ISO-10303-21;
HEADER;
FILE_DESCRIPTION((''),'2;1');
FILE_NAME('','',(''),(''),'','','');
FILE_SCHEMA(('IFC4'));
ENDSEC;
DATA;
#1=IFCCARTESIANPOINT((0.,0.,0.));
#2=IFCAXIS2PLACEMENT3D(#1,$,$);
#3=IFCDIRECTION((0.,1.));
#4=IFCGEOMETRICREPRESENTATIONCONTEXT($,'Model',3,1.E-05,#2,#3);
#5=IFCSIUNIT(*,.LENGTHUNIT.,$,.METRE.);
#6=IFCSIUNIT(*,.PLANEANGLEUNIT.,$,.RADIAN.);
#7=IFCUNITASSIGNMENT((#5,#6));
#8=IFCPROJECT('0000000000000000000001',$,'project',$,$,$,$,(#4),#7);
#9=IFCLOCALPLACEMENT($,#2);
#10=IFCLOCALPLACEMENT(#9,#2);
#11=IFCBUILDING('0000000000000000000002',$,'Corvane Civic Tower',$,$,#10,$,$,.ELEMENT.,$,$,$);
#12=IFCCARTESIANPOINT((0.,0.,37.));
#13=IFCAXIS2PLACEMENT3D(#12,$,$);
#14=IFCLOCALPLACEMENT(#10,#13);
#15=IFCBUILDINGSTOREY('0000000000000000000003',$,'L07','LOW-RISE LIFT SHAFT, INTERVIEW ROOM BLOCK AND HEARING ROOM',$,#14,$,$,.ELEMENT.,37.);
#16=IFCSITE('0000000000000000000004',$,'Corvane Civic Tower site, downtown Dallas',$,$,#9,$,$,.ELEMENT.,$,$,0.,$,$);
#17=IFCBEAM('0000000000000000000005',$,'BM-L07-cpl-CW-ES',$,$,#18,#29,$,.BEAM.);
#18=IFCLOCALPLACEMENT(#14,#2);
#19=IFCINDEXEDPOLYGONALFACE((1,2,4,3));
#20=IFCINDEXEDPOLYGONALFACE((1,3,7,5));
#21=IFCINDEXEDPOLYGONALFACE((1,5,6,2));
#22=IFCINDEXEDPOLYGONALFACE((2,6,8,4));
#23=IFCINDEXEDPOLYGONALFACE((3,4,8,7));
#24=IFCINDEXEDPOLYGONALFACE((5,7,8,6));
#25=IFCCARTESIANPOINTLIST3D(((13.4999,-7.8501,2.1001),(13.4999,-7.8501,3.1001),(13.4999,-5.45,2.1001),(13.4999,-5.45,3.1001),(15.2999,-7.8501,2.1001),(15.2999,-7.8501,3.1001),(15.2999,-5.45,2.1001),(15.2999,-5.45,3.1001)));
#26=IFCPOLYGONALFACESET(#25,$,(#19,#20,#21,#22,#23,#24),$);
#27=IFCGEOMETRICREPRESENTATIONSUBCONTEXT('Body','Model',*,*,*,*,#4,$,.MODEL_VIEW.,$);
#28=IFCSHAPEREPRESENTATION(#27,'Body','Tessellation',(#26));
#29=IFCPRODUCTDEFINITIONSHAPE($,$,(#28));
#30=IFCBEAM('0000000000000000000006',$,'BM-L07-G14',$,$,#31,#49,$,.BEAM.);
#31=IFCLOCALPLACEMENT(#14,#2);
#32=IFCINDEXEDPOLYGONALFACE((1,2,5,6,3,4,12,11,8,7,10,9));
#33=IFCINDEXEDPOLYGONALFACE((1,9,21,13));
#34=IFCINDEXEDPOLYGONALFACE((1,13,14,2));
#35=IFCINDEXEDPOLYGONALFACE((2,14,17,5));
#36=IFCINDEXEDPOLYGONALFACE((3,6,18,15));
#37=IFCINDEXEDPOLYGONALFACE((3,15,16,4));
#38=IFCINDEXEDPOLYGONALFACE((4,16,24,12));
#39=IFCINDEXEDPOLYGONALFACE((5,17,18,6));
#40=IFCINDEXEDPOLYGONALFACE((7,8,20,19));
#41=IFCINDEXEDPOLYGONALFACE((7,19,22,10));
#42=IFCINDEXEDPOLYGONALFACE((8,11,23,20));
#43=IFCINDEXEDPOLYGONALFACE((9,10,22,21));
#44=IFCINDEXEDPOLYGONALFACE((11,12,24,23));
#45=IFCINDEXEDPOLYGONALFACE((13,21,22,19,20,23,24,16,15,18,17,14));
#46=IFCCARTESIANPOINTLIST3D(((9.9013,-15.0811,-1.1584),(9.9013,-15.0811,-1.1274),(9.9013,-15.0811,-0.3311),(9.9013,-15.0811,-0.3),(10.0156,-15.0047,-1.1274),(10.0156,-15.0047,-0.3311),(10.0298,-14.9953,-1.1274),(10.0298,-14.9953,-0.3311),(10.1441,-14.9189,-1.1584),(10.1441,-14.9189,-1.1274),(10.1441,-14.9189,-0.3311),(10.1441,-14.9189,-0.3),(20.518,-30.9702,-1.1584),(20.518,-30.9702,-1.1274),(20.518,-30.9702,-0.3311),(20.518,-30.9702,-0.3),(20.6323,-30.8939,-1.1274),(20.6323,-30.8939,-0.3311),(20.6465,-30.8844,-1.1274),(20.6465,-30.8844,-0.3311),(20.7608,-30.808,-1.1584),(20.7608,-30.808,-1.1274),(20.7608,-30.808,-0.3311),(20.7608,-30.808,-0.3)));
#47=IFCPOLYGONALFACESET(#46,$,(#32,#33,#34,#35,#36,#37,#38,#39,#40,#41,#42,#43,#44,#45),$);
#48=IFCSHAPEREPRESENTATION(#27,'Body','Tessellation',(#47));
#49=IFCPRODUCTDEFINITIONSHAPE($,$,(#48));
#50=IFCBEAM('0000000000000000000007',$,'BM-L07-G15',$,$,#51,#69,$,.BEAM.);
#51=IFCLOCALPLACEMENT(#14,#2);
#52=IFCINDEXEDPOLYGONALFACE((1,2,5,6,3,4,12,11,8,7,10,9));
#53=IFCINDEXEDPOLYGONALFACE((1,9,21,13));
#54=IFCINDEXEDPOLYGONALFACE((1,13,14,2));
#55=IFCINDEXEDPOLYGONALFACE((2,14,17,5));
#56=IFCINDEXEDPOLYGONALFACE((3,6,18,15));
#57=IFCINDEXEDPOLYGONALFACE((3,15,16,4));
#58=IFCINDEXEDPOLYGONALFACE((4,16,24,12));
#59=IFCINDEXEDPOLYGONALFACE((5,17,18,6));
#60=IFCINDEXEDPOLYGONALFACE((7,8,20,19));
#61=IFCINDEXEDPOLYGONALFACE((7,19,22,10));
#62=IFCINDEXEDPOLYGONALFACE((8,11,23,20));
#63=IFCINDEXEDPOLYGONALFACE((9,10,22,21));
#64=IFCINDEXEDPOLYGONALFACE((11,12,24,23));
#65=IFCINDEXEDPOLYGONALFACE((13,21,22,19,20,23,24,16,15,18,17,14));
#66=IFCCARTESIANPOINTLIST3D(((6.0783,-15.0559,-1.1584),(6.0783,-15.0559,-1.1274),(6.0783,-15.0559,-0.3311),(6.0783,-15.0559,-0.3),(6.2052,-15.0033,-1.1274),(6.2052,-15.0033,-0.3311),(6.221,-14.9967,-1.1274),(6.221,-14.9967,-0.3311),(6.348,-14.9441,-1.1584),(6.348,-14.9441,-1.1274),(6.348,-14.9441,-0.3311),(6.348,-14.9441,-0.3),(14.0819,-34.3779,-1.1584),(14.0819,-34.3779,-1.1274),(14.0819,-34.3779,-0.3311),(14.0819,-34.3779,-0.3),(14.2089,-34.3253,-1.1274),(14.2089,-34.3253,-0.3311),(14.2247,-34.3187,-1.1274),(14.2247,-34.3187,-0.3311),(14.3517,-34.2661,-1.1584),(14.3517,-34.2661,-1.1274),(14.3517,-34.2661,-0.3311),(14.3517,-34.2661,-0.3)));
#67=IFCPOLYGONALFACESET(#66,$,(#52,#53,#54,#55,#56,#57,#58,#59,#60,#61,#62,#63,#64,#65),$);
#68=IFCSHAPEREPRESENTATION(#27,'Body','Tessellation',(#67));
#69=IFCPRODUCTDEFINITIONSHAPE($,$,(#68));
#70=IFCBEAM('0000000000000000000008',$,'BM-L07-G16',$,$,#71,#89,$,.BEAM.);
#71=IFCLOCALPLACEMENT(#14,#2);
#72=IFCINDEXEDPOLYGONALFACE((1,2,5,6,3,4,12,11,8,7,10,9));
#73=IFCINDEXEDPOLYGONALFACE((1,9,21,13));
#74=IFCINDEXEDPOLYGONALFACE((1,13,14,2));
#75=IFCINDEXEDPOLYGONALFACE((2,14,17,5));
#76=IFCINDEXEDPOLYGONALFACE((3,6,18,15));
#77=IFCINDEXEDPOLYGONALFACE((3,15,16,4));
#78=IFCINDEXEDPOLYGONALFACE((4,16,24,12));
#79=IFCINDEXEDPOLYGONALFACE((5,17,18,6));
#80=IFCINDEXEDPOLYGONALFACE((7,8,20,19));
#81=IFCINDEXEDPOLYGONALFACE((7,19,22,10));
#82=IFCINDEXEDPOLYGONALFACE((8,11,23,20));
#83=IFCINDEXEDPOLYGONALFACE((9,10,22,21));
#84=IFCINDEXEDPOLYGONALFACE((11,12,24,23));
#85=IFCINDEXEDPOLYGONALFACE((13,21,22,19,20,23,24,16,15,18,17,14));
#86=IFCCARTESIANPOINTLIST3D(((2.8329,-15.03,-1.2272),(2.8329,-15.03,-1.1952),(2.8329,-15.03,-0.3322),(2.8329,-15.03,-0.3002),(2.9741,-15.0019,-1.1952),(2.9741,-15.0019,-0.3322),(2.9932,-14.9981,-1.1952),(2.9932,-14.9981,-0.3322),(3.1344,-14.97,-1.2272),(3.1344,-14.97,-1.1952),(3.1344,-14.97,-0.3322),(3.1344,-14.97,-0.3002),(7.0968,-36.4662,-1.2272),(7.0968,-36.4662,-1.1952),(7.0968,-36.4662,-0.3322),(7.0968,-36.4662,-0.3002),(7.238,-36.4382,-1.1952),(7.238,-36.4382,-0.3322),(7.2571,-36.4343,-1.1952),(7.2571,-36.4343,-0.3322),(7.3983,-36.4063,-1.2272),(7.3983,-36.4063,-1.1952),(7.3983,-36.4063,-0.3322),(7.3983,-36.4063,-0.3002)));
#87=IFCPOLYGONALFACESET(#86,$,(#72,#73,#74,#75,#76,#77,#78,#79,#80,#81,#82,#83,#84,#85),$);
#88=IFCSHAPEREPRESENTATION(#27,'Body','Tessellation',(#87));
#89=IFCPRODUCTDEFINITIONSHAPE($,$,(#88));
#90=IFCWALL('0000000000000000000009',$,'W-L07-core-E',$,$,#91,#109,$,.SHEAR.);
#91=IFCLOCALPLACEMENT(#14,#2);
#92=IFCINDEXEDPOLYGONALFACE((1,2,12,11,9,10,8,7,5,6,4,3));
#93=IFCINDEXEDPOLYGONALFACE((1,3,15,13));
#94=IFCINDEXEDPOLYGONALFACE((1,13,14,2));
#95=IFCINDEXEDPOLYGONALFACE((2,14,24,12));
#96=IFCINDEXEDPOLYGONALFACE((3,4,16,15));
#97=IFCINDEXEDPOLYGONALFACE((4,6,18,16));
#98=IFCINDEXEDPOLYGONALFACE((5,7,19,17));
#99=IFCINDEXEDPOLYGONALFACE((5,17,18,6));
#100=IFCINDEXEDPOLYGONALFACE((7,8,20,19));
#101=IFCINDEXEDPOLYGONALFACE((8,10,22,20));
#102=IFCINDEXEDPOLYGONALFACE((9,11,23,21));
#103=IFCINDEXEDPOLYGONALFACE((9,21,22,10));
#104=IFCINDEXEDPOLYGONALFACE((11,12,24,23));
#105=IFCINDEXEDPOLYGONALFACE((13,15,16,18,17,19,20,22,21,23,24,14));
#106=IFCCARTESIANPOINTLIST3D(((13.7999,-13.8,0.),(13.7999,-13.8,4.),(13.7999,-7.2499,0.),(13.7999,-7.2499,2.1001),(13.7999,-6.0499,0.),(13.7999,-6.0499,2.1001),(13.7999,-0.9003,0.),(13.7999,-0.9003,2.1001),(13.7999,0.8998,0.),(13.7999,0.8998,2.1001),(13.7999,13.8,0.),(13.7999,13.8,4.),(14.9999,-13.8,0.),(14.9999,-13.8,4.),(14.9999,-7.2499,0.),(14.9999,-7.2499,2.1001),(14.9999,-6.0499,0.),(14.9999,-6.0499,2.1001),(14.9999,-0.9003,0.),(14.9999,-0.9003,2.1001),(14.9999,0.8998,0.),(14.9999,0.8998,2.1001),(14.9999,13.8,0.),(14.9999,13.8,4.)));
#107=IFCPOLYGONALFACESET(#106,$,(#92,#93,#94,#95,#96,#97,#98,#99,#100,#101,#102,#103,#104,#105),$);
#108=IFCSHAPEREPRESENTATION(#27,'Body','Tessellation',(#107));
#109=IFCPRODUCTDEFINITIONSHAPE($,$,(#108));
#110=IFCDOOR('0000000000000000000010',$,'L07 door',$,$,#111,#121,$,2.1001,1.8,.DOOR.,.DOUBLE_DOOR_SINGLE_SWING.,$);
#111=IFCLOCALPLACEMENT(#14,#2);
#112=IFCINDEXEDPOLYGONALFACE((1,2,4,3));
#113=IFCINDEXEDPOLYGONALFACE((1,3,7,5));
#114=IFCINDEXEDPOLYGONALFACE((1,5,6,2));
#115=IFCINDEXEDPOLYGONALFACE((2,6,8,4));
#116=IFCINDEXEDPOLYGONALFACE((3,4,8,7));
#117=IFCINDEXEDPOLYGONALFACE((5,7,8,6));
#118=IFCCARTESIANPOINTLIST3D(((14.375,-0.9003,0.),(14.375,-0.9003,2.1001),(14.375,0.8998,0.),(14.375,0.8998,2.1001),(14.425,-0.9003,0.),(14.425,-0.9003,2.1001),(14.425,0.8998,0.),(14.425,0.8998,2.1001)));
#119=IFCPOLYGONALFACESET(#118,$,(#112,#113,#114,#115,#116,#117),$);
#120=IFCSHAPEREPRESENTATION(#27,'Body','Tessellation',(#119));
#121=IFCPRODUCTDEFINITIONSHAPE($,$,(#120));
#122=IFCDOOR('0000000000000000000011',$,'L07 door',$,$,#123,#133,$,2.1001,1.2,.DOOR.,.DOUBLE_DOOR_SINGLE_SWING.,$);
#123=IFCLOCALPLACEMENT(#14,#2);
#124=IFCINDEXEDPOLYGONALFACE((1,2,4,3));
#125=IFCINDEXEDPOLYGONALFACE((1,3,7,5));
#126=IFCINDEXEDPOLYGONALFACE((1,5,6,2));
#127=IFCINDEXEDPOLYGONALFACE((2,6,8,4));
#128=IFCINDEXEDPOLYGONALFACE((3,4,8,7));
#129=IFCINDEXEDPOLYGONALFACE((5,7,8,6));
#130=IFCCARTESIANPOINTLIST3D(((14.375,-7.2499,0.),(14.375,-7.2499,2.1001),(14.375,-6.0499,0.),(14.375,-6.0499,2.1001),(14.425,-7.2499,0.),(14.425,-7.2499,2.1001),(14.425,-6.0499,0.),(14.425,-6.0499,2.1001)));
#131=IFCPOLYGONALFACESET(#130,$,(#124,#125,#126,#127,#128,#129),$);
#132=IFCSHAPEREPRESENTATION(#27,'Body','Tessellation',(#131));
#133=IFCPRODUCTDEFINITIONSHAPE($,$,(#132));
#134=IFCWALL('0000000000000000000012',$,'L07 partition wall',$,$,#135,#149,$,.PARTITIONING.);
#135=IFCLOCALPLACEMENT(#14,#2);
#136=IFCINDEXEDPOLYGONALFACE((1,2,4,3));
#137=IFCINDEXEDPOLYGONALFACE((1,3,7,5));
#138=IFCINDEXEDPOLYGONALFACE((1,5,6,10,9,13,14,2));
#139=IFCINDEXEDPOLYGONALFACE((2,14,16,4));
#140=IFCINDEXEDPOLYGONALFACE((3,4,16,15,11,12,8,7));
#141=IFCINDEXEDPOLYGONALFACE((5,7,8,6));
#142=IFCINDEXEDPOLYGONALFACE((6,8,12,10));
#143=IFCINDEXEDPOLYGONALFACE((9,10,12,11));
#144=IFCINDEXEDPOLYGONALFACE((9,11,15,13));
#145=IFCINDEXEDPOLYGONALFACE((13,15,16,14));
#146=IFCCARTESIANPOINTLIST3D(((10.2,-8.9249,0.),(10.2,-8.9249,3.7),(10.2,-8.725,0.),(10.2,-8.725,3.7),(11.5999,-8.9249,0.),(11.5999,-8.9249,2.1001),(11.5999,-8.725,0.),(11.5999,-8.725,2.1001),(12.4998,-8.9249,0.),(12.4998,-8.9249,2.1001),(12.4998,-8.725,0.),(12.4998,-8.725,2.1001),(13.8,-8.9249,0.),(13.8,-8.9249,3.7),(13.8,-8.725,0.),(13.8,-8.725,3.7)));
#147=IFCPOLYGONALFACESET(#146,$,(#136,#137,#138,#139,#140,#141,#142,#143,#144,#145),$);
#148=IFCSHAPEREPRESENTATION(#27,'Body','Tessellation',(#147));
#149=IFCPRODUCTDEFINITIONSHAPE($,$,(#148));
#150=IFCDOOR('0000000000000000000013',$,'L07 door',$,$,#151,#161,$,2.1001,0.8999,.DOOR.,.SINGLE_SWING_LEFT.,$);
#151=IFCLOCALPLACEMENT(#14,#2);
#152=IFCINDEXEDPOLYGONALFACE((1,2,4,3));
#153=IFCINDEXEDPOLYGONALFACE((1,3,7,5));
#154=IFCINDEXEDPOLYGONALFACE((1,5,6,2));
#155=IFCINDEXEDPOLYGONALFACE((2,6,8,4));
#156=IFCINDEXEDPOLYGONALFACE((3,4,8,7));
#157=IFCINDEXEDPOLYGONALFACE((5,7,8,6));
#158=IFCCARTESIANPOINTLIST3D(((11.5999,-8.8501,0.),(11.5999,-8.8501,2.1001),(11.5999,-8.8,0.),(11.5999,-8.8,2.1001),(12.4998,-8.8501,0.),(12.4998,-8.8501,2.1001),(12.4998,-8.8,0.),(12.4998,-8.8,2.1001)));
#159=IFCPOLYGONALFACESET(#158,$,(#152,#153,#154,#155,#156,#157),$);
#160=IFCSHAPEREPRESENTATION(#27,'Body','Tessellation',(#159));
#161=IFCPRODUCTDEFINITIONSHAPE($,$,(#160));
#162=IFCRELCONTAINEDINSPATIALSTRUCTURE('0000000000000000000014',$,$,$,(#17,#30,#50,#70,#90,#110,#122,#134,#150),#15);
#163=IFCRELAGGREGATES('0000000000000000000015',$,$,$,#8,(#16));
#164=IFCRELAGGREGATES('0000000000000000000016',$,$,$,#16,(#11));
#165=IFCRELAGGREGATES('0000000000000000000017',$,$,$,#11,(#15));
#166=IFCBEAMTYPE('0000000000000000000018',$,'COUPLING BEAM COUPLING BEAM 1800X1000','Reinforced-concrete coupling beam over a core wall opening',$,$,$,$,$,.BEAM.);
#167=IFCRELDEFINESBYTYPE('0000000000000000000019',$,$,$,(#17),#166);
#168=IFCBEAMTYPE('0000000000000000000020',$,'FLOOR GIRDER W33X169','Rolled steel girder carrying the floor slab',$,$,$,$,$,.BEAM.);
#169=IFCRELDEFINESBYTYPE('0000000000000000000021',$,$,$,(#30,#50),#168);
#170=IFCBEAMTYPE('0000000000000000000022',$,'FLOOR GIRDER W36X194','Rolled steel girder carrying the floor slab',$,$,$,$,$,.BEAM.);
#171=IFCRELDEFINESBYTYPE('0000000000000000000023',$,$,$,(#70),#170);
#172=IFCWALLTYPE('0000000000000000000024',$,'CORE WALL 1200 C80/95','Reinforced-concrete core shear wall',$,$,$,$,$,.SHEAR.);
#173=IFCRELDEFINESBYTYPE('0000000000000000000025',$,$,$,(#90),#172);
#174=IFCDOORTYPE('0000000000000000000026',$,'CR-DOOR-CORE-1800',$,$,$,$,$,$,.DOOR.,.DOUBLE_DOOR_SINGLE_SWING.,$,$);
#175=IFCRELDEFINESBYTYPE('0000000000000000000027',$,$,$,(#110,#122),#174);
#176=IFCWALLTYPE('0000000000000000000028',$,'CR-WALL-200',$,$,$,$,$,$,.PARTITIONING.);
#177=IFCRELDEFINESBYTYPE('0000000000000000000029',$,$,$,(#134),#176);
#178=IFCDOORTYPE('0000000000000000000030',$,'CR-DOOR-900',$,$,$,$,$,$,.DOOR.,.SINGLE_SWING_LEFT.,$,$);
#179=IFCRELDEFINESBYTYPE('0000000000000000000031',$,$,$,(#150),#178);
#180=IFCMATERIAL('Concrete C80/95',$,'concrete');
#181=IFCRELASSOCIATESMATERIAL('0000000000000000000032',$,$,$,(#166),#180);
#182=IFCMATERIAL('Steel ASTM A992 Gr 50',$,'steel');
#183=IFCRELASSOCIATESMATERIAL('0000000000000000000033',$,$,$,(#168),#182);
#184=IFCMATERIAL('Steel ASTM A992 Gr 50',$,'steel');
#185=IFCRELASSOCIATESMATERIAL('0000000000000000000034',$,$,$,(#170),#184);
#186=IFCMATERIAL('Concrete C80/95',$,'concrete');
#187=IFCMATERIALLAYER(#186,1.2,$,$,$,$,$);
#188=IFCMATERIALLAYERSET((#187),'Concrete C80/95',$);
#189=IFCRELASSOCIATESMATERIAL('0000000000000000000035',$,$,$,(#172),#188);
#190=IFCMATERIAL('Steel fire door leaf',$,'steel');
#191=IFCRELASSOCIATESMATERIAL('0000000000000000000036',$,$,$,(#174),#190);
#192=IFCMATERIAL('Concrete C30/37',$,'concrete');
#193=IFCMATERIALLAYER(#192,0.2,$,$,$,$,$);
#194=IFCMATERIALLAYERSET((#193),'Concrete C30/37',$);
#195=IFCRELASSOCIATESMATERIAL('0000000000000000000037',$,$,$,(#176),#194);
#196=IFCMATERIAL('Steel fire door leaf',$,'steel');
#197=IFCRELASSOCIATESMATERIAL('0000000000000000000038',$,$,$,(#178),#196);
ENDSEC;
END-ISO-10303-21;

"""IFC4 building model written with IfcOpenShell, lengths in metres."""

from ifc_helpers import new_model, si_unit, direction, frame, frame_2d, origin, origin_2d, place, context, subcontext, project, spatial, rectangle, i_section, extrude, material, layer, layer_set, material_profile, profile_set, type_object, element, fill, save


model = new_model("IFC4")

# Units and contexts
model_context = context("Model", 3, precision=1e-05, world=origin(), true_north=direction((0.0, 1.0)))
body_context = subcontext(model_context, "Body", "Model", "MODEL_VIEW")
ifc_project = project(units=[si_unit("LENGTHUNIT", "METRE"), si_unit("PLANEANGLEUNIT", "RADIAN")], contexts=[model_context])

# Site, building, storey
site_placement = place(None, origin())
site = spatial("IfcSite", under=ifc_project, at=site_placement, Name="Corvane Civic Tower site, downtown Dallas", CompositionType="ELEMENT", RefElevation=0.0)
building_placement = place(site_placement, origin())
building = spatial("IfcBuilding", under=site, at=building_placement, Name="Corvane Civic Tower", CompositionType="ELEMENT")
storey_placement = place(building_placement, frame((0.0, 0.0, 37.0)))
storey = spatial("IfcBuildingStorey", under=building, at=storey_placement, Name="L07", Description="LOW-RISE LIFT SHAFT, INTERVIEW ROOM BLOCK AND HEARING ROOM", CompositionType="ELEMENT", Elevation=37.0)

# Beams
ifc_material_1 = material(Name="Concrete C80/95", Category="concrete")
ifc_material_profile_1 = material_profile(ifc_material_1, rectangle(XDim=1.8, YDim=1.0, at=origin_2d()), Name="COUPLING BEAM 1800X1000")
ifc_profile_set_1 = profile_set([ifc_material_profile_1], Name="Concrete C80/95")
beam_type_1 = type_object("IfcBeamType", Name="COUPLING BEAM COUPLING BEAM 1800X1000", Description="Reinforced-concrete coupling beam over a core wall opening", PredefinedType="BEAM", material=ifc_profile_set_1)
beam_1_placement = place(storey_placement, frame((14.3999, -7.8501, 2.6001), z_axis=(0.0, 1.0, 0.0), x_axis=(-1.0, 0.0, 0.0)))
element("IfcBeam", 1, at=beam_1_placement, inside=storey, type_object=beam_type_1, Name="BM-L07-cpl-CW-ES", PredefinedType="BEAM", context=body_context, shape_type="SweptSolid", body=[
    extrude(rectangle(XDim=1.8, YDim=1.0, at=origin_2d()), origin(), (0.0, 0.0, 1.0), 2.4001),
])
ifc_material_2 = material(Name="Steel ASTM A992 Gr 50", Category="steel")
ifc_material_profile_2 = material_profile(ifc_material_2, i_section(OverallWidth=0.292, OverallDepth=0.8584, WebThickness=0.0171, FlangeThickness=0.031, at=origin_2d()), Name="W33X169")
ifc_profile_set_2 = profile_set([ifc_material_profile_2], Name="Steel ASTM A992 Gr 50")
beam_type_2 = type_object("IfcBeamType", Name="FLOOR GIRDER W33X169", Description="Rolled steel girder carrying the floor slab", PredefinedType="BEAM", material=ifc_profile_set_2)
beam_2_placement = place(storey_placement, frame((10.0227, -15.0, -0.7292), z_axis=(0.555567, -0.831472, 0.0), x_axis=(0.831472, 0.555567, 0.0)))
element("IfcBeam", 2, at=beam_2_placement, inside=storey, type_object=beam_type_2, Name="BM-L07-G14", PredefinedType="BEAM", context=body_context, shape_type="SweptSolid", body=[
    extrude(i_section(OverallWidth=0.292, OverallDepth=0.8584, WebThickness=0.0171, FlangeThickness=0.031, at=origin_2d()), origin(), (0.0, 0.0, 1.0), 19.1096),
])
beam_3_placement = place(storey_placement, frame((6.2131, -15.0, -0.7292), z_axis=(0.382692, -0.923876, 0.0), x_axis=(0.923876, 0.382692, 0.0)))
element("IfcBeam", 3, at=beam_3_placement, inside=storey, type_object=beam_type_2, Name="BM-L07-G15", PredefinedType="BEAM", context=body_context, shape_type="SweptSolid", body=[
    extrude(i_section(OverallWidth=0.292, OverallDepth=0.8584, WebThickness=0.0171, FlangeThickness=0.031, at=origin_2d()), origin(), (0.0, 0.0, 1.0), 20.9141),
])
ifc_material_3 = material(Name="Steel ASTM A992 Gr 50", Category="steel")
ifc_material_profile_3 = material_profile(ifc_material_3, i_section(OverallWidth=0.3074, OverallDepth=0.927, WebThickness=0.0195, FlangeThickness=0.032, at=origin_2d()), Name="W36X194")
ifc_profile_set_3 = profile_set([ifc_material_profile_3], Name="Steel ASTM A992 Gr 50")
beam_type_3 = type_object("IfcBeamType", Name="FLOOR GIRDER W36X194", Description="Rolled steel girder carrying the floor slab", PredefinedType="BEAM", material=ifc_profile_set_3)
beam_4_placement = place(storey_placement, frame((2.9836, -15.0, -0.7637), z_axis=(0.195089, -0.980785, 0.0), x_axis=(0.980785, 0.195089, 0.0)))
element("IfcBeam", 4, at=beam_4_placement, inside=storey, type_object=beam_type_3, Name="BM-L07-G16", PredefinedType="BEAM", context=body_context, shape_type="SweptSolid", body=[
    extrude(i_section(OverallWidth=0.3074, OverallDepth=0.927, WebThickness=0.0195, FlangeThickness=0.032, at=origin_2d()), origin(), (0.0, 0.0, 1.0), 21.8562),
])

# Wall, openings, doors
ifc_material_4 = material(Name="Concrete C80/95", Category="concrete")
ifc_layer_1 = layer(ifc_material_4, 1.2)
ifc_layer_set_1 = layer_set([ifc_layer_1], Name="Concrete C80/95")
wall_type_1 = type_object("IfcWallType", Name="CORE WALL 1200 C80/95", Description="Reinforced-concrete core shear wall", PredefinedType="SHEAR", material=ifc_layer_set_1)
wall_1_placement = place(storey_placement, frame((14.3999, -13.8, 0.0), z_axis=(0.0, 0.0, 1.0), x_axis=(0.0, 1.0, 0.0)))
wall_1 = element("IfcWall", 5, at=wall_1_placement, inside=storey, type_object=wall_type_1, Name="W-L07-core-E", PredefinedType="SHEAR", context=body_context, shape_type="SweptSolid", body=[
    extrude(rectangle(XDim=27.6001, YDim=1.2, at=frame_2d((13.8, 0.0))), origin(), (0.0, 0.0, 1.0), 4.0),
])
opening_1_placement = place(wall_1_placement, frame((12.8999, 0.0, 0.0)))
opening_1 = element("IfcOpeningElement", 6, at=opening_1_placement, cuts=wall_1, PredefinedType="OPENING", context=body_context, shape_type="SweptSolid", body=[
    extrude(rectangle(XDim=1.8, YDim=2.1001, at=frame_2d((0.8999, 1.05))), frame((0.0, 0.6099, 0.0), z_axis=(0.0, -1.0, 0.0), x_axis=(1.0, 0.0, 0.0)), (0.0, 0.0, 1.0), 1.22),
])
opening_2_placement = place(wall_1_placement, frame((6.55, 0.0, 0.0)))
opening_2 = element("IfcOpeningElement", 7, at=opening_2_placement, cuts=wall_1, PredefinedType="OPENING", context=body_context, shape_type="SweptSolid", body=[
    extrude(rectangle(XDim=1.2, YDim=2.1001, at=frame_2d((0.6001, 1.05))), frame((0.0, 0.6099, 0.0), z_axis=(0.0, -1.0, 0.0), x_axis=(1.0, 0.0, 0.0)), (0.0, 0.0, 1.0), 1.22),
])
ifc_material_5 = material(Name="Steel fire door leaf", Category="steel")
door_type_1 = type_object("IfcDoorType", Name="CR-DOOR-CORE-1800", OperationType="DOUBLE_DOOR_SINGLE_SWING", PredefinedType="DOOR", material=ifc_material_5)
door_1_placement = place(opening_1_placement, origin())
door_1 = element("IfcDoor", 8, at=door_1_placement, inside=storey, type_object=door_type_1, Name="L07 door", OperationType="DOUBLE_DOOR_SINGLE_SWING", OverallHeight=2.1001, OverallWidth=1.8, PredefinedType="DOOR", context=body_context, shape_type="SweptSolid", body=[
    extrude(rectangle(XDim=1.8, YDim=2.1001, at=frame_2d((0.8999, 1.05))), frame((0.0, 0.0249, 0.0), z_axis=(0.0, -1.0, 0.0), x_axis=(1.0, 0.0, 0.0)), (0.0, 0.0, 1.0), 0.05),
])
fill(opening_1, door_1)
door_2_placement = place(opening_2_placement, origin())
door_2 = element("IfcDoor", 9, at=door_2_placement, inside=storey, type_object=door_type_1, Name="L07 door", OperationType="DOUBLE_DOOR_SINGLE_SWING", OverallHeight=2.1001, OverallWidth=1.2, PredefinedType="DOOR", context=body_context, shape_type="SweptSolid", body=[
    extrude(rectangle(XDim=1.2, YDim=2.1001, at=frame_2d((0.6001, 1.05))), frame((0.0, 0.0249, 0.0), z_axis=(0.0, -1.0, 0.0), x_axis=(1.0, 0.0, 0.0)), (0.0, 0.0, 1.0), 0.05),
])
fill(opening_2, door_2)

# Wall, opening, door
ifc_material_6 = material(Name="Concrete C30/37", Category="concrete")
ifc_layer_2 = layer(ifc_material_6, 0.2)
ifc_layer_set_2 = layer_set([ifc_layer_2], Name="Concrete C30/37")
wall_type_2 = type_object("IfcWallType", Name="CR-WALL-200", PredefinedType="PARTITIONING", material=ifc_layer_set_2)
wall_2_placement = place(storey_placement, frame((10.2, -8.825, 0.0), z_axis=(0.0, 0.0, 1.0), x_axis=(1.0, 0.0, 0.0)))
wall_2 = element("IfcWall", 10, at=wall_2_placement, inside=storey, type_object=wall_type_2, Name="L07 partition wall", PredefinedType="PARTITIONING", context=body_context, shape_type="SweptSolid", body=[
    extrude(rectangle(XDim=3.6001, YDim=0.2, at=frame_2d((1.8, 0.0))), origin(), (0.0, 0.0, 1.0), 3.7),
])
opening_3_placement = place(wall_2_placement, frame((1.3999, 0.0, 0.0)))
opening_3 = element("IfcOpeningElement", 11, at=opening_3_placement, cuts=wall_2, PredefinedType="OPENING", context=body_context, shape_type="SweptSolid", body=[
    extrude(rectangle(XDim=0.8999, YDim=2.1001, at=frame_2d((0.45, 1.05))), frame((0.0, 0.1099, 0.0), z_axis=(0.0, -1.0, 0.0), x_axis=(1.0, 0.0, 0.0)), (0.0, 0.0, 1.0), 0.22),
])
ifc_material_7 = material(Name="Steel fire door leaf", Category="steel")
door_type_2 = type_object("IfcDoorType", Name="CR-DOOR-900", OperationType="SINGLE_SWING_LEFT", PredefinedType="DOOR", material=ifc_material_7)
door_3_placement = place(opening_3_placement, origin())
door_3 = element("IfcDoor", 12, at=door_3_placement, inside=storey, type_object=door_type_2, Name="L07 door", OperationType="SINGLE_SWING_LEFT", OverallHeight=2.1001, OverallWidth=0.8999, PredefinedType="DOOR", context=body_context, shape_type="SweptSolid", body=[
    extrude(rectangle(XDim=0.8999, YDim=2.1001, at=frame_2d((0.45, 1.05))), frame((0.0, 0.0249, 0.0), z_axis=(0.0, -1.0, 0.0), x_axis=(1.0, 0.0, 0.0)), (0.0, 0.0, 1.0), 0.05),
])
fill(opening_3, door_3)

save(model, "model.ifc")
